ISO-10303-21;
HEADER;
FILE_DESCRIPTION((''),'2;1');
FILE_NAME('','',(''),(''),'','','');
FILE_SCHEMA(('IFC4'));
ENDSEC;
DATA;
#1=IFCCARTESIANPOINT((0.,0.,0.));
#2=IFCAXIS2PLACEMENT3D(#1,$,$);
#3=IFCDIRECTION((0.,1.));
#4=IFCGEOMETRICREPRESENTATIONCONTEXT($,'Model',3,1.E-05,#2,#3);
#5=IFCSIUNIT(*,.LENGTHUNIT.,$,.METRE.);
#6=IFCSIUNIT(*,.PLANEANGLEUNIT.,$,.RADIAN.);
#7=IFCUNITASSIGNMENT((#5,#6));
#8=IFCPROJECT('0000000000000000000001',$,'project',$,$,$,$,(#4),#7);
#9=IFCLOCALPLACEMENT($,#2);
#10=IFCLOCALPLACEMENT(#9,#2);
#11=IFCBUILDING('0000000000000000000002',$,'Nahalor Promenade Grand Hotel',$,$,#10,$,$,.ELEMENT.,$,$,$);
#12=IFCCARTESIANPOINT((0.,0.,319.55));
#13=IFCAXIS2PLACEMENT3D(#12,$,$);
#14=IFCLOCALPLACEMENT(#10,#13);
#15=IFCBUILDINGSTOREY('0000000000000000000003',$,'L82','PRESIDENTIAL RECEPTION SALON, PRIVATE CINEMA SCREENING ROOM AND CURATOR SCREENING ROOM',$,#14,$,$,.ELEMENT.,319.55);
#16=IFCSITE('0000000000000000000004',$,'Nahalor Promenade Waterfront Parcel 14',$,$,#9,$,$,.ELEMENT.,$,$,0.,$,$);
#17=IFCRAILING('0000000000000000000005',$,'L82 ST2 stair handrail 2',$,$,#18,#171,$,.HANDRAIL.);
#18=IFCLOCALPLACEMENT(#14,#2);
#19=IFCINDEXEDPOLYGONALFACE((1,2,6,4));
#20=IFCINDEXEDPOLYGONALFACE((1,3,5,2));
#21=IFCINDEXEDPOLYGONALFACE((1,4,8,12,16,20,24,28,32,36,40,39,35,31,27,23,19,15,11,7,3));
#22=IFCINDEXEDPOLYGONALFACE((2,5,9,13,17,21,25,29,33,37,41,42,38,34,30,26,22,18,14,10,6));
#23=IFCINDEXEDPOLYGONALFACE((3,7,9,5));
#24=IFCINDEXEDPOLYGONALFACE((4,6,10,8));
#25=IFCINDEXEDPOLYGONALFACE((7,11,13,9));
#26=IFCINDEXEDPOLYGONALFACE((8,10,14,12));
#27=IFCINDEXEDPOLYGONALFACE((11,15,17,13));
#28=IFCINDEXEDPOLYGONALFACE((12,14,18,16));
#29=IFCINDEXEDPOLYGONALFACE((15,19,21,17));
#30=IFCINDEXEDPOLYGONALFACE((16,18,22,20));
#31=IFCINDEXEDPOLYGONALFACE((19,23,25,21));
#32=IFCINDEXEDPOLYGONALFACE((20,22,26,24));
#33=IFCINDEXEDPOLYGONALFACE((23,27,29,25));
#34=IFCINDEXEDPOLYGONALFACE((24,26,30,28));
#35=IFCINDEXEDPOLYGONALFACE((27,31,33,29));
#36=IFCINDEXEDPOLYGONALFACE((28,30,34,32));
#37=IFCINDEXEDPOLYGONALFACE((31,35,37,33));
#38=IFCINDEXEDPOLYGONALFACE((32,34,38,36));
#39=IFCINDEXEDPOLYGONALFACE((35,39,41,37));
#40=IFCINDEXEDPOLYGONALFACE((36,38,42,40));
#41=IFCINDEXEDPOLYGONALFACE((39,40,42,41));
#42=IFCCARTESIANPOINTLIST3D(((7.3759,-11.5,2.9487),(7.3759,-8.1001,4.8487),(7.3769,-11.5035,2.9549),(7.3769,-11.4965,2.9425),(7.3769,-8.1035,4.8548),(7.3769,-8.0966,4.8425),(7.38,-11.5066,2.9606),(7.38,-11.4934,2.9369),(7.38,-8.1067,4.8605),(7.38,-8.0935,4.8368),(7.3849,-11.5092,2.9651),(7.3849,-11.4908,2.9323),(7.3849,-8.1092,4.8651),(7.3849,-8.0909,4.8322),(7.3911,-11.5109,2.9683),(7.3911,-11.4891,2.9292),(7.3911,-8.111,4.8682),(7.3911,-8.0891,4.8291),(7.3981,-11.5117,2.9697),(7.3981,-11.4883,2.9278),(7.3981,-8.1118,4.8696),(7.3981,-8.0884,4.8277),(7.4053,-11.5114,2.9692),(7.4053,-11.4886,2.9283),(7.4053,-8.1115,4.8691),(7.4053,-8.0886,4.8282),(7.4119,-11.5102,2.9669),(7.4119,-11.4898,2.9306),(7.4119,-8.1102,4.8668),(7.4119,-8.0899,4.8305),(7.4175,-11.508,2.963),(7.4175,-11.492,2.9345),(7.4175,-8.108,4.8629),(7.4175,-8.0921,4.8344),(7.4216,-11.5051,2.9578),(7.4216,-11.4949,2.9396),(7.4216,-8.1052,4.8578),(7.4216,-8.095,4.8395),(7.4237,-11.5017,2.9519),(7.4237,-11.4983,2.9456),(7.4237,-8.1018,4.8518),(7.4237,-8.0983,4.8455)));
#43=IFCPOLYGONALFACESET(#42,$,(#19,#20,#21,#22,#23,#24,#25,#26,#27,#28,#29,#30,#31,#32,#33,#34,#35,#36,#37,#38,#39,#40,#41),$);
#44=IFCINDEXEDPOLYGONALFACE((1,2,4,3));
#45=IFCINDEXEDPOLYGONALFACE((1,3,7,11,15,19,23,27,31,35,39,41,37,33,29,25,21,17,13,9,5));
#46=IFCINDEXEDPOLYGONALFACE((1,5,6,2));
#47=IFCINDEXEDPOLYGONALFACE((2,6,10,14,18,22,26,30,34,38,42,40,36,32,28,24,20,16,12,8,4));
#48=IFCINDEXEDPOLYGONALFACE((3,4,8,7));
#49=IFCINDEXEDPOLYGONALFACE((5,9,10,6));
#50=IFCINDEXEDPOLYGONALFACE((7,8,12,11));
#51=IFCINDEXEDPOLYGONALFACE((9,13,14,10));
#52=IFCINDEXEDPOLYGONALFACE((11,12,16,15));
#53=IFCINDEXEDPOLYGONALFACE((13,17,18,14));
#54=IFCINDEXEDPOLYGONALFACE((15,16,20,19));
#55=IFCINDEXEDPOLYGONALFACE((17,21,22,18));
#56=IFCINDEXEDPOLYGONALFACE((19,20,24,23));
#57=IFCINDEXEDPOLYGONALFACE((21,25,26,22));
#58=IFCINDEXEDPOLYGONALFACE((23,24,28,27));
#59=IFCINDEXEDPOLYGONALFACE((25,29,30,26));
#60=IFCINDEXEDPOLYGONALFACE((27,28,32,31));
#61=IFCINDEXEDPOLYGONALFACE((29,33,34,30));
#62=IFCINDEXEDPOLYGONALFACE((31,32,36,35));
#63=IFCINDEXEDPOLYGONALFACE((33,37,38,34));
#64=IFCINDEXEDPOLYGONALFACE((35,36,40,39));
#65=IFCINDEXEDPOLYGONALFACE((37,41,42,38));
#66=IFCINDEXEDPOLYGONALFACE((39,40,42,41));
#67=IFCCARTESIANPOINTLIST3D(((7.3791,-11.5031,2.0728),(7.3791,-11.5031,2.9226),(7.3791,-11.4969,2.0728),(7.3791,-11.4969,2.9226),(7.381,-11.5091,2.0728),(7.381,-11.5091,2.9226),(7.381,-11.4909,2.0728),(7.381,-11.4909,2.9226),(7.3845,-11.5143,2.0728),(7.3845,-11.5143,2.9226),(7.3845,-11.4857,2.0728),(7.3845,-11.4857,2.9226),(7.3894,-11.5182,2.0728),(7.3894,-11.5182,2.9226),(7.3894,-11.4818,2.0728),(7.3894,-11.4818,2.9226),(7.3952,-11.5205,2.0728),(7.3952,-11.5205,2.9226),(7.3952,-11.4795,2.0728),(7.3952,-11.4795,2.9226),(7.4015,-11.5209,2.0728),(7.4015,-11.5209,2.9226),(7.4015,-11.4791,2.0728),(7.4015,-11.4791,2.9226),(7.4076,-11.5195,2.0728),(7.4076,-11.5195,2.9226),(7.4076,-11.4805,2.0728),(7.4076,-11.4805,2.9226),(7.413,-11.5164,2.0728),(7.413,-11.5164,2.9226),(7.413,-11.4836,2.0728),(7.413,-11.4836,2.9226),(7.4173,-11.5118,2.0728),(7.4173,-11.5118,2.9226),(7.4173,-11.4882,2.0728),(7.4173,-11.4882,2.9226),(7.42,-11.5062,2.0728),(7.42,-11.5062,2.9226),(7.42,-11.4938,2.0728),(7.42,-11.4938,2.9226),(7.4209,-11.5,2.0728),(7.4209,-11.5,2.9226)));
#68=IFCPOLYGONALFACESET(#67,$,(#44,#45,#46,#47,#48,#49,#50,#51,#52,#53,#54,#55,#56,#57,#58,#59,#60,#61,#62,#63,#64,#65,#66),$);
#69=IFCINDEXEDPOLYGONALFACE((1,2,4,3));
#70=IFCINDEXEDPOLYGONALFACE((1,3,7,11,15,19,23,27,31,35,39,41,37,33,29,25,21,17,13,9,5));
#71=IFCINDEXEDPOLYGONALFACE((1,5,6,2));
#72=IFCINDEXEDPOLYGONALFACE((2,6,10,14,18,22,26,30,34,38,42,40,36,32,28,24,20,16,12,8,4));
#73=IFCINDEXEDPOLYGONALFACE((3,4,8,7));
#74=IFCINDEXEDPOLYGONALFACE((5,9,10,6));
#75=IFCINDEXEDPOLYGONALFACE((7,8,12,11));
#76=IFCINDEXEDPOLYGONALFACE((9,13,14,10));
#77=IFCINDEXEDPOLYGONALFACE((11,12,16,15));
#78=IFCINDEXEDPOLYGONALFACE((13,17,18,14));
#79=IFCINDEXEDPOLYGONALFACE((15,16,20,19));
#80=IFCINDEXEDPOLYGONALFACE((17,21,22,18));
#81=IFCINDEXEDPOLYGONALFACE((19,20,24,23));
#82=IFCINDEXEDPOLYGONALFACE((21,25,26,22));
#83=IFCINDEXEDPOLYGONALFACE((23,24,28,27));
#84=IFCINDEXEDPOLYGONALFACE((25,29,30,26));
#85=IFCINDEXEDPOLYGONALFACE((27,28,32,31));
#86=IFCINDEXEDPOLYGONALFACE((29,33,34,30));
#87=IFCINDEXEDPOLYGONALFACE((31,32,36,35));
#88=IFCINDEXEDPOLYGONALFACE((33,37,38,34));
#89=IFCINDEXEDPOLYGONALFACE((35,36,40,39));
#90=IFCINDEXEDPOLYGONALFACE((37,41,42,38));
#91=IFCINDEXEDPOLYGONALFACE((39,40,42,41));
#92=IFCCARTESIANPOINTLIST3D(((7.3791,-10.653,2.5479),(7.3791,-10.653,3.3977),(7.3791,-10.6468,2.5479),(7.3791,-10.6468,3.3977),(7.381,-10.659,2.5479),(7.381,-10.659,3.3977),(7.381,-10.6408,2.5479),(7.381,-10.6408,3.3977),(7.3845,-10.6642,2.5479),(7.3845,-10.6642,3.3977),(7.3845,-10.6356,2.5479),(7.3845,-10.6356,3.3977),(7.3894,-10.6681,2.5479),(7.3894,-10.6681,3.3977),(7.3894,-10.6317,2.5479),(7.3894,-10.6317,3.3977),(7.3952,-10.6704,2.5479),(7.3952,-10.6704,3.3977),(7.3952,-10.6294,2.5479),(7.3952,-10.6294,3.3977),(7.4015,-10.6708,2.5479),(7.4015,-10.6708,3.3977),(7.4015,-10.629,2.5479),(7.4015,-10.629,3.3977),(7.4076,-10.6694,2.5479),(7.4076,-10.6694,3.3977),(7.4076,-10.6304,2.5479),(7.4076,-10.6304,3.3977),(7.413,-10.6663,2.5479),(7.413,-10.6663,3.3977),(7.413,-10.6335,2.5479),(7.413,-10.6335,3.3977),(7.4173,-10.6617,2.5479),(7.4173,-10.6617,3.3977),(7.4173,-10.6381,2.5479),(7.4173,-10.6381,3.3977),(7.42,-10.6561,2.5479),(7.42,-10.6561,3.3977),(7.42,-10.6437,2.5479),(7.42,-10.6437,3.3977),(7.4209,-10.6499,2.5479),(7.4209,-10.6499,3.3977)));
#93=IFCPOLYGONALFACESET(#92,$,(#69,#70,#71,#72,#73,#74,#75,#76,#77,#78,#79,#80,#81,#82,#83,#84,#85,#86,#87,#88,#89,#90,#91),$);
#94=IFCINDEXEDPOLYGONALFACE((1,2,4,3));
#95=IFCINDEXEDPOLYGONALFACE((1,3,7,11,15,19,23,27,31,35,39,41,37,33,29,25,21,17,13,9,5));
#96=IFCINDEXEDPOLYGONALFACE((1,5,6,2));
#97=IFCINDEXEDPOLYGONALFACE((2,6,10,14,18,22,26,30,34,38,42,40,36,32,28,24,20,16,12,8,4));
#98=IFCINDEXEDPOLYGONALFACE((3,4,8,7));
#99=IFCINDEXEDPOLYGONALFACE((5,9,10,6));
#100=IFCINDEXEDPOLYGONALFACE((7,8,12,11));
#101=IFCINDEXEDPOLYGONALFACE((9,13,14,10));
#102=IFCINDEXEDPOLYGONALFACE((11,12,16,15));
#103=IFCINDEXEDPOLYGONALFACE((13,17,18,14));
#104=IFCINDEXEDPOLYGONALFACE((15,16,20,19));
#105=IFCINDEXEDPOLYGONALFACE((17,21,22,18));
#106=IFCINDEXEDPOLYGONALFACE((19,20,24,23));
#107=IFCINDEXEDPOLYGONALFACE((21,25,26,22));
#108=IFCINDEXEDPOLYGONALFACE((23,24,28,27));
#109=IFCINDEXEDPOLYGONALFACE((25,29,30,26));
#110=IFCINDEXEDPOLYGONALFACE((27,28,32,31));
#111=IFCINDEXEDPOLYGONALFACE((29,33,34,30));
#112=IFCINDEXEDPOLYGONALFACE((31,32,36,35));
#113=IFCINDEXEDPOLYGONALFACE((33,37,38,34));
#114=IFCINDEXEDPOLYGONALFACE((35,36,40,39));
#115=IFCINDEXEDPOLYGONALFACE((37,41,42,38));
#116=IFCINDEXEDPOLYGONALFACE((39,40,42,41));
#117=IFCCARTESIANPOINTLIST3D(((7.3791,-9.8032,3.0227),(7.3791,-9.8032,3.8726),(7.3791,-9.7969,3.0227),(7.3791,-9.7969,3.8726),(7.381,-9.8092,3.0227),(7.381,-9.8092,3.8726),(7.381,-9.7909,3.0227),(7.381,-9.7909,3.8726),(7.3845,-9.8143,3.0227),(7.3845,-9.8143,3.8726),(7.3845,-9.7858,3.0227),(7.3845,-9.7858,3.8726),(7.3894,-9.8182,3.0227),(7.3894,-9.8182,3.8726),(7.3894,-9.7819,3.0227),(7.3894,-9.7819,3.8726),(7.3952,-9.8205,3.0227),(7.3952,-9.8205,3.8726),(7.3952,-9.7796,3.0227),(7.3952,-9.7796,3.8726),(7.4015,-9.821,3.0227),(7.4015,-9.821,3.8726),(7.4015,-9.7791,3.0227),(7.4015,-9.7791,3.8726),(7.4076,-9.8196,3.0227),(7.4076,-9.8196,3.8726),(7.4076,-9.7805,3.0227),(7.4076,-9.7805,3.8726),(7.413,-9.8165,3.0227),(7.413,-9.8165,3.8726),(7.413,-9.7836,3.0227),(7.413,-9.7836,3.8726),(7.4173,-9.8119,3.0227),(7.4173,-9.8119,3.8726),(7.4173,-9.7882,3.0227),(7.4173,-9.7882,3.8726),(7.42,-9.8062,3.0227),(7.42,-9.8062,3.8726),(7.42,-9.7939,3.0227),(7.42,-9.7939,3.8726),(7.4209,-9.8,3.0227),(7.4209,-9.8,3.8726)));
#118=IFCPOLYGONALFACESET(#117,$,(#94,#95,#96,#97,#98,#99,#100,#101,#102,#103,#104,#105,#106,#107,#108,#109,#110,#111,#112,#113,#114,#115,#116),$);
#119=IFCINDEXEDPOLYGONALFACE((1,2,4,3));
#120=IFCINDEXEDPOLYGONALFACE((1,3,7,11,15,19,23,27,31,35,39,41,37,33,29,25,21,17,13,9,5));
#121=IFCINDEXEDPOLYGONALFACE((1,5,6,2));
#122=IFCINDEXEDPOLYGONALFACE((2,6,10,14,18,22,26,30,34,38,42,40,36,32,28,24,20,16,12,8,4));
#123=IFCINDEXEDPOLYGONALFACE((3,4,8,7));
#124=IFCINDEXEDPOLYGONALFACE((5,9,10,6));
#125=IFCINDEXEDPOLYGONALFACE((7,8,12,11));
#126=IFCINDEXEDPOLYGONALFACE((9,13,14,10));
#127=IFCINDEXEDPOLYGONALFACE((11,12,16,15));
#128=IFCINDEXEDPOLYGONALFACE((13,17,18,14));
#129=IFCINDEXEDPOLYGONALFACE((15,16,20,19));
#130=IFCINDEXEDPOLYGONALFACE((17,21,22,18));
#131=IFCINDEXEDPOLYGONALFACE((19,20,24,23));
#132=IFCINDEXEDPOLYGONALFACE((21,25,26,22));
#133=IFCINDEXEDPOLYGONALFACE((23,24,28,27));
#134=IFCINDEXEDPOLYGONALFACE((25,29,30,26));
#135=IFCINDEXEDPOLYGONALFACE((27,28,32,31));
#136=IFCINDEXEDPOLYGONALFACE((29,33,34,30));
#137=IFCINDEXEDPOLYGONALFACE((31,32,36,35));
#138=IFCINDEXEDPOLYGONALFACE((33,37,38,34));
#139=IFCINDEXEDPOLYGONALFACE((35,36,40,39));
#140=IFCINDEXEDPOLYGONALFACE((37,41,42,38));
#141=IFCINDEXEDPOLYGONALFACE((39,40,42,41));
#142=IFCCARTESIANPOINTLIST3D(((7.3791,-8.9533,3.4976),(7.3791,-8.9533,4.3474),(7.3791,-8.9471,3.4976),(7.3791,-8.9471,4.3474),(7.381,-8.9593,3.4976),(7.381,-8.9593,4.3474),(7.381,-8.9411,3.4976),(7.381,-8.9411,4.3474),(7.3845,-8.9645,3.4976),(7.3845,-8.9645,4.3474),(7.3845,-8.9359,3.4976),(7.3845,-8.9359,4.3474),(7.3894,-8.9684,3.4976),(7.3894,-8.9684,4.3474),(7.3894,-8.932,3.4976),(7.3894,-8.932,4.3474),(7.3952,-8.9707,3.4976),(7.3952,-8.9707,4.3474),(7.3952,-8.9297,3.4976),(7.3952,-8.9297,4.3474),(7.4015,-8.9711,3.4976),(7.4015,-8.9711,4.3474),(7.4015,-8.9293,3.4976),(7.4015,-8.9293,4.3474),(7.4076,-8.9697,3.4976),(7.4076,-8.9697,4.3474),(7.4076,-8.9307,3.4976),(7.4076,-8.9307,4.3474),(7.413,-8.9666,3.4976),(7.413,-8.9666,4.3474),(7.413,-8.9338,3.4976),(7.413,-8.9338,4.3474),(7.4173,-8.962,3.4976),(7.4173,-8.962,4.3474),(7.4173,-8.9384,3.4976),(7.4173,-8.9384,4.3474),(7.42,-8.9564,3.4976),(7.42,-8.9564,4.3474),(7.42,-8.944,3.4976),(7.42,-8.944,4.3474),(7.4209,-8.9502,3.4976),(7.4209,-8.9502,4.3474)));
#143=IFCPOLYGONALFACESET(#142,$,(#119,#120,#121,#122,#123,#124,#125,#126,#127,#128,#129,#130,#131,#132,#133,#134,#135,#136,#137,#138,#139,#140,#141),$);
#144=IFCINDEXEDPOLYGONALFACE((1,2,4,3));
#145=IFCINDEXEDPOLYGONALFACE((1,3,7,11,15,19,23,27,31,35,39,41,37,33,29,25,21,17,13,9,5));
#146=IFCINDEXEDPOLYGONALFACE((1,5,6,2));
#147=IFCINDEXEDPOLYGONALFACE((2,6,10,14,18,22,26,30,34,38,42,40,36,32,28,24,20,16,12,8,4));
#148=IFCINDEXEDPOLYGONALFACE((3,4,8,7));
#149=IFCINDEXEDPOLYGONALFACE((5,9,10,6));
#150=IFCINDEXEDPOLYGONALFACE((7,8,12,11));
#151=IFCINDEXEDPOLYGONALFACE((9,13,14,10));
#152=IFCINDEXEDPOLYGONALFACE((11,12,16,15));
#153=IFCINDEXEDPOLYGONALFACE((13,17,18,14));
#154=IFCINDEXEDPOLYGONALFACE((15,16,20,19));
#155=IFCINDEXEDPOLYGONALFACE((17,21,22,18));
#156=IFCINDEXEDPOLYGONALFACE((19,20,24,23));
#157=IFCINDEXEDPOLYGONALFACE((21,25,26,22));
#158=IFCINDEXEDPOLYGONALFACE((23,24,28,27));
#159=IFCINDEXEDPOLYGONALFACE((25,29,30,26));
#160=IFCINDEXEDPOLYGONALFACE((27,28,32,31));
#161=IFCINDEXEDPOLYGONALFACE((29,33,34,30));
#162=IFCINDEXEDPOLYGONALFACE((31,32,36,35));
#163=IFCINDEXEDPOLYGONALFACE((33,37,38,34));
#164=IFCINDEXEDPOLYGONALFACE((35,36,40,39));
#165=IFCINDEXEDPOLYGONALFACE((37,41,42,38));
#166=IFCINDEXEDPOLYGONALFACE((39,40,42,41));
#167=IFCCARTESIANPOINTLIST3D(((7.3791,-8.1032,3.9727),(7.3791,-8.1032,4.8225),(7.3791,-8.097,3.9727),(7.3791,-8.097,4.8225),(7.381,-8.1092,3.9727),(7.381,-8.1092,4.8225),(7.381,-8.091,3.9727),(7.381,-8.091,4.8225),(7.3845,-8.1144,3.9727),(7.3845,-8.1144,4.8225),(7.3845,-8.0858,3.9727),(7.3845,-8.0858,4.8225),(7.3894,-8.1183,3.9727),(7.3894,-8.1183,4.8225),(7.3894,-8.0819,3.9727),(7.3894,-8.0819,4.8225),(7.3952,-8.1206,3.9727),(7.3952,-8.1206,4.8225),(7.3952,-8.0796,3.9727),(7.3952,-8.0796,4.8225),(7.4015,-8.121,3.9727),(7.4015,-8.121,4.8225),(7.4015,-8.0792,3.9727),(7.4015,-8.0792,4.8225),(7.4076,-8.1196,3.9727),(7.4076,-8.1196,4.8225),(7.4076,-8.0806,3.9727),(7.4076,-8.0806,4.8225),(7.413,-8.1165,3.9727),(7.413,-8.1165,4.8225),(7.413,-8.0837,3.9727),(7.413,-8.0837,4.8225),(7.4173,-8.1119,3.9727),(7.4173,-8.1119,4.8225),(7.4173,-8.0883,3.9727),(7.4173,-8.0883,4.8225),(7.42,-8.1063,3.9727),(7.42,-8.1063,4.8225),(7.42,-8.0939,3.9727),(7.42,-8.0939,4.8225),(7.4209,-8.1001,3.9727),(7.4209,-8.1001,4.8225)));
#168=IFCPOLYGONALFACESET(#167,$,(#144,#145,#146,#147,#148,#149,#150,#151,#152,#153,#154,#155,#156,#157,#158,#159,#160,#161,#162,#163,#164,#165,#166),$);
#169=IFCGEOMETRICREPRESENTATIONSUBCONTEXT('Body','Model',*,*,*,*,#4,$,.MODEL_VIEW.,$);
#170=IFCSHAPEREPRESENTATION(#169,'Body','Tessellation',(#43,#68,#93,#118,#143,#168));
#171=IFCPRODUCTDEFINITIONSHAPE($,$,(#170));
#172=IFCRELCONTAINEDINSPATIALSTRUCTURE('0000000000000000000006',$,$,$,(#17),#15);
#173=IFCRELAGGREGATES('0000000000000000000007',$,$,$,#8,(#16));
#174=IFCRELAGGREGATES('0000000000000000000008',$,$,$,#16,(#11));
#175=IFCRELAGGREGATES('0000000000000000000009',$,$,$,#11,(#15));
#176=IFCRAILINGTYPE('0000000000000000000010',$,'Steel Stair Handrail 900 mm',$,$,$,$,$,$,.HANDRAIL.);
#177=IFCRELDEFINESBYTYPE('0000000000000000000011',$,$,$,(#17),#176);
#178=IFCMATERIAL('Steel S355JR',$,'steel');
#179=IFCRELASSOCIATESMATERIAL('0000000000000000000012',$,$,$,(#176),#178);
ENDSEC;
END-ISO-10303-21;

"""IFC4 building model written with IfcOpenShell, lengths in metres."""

from ifc_helpers import new_model, si_unit, direction, frame, origin, origin_2d, place, context, subcontext, project, spatial, circle, extrude, material, type_object, element, save


model = new_model("IFC4")

# Units and contexts
model_context = context("Model", 3, precision=1e-05, world=origin(), true_north=direction((0.0, 1.0)))
body_context = subcontext(model_context, "Body", "Model", "MODEL_VIEW")
ifc_project = project(units=[si_unit("LENGTHUNIT", "METRE"), si_unit("PLANEANGLEUNIT", "RADIAN")], contexts=[model_context])

# Site, building, storey
site_placement = place(None, origin())
site = spatial("IfcSite", under=ifc_project, at=site_placement, Name="Nahalor Promenade Waterfront Parcel 14", CompositionType="ELEMENT", RefElevation=0.0)
building_placement = place(site_placement, origin())
building = spatial("IfcBuilding", under=site, at=building_placement, Name="Nahalor Promenade Grand Hotel", CompositionType="ELEMENT")
storey_placement = place(building_placement, frame((0.0, 0.0, 319.55)))
storey = spatial("IfcBuildingStorey", under=building, at=storey_placement, Name="L82", Description="PRESIDENTIAL RECEPTION SALON, PRIVATE CINEMA SCREENING ROOM AND CURATOR SCREENING ROOM", CompositionType="ELEMENT", Elevation=319.55)

# Shared definitions
ifc_material_1 = material(Name="Steel S355JR", Category="steel")

# Railing
railing_type_1 = type_object("IfcRailingType", Name="Steel Stair Handrail 900 mm", PredefinedType="HANDRAIL", material=ifc_material_1)
railing_1_placement = place(storey_placement, frame((7.3999, -11.5, 2.0728)))
element("IfcRailing", 1, at=railing_1_placement, inside=storey, type_object=railing_type_1, Name="L82 ST2 stair handrail 2", PredefinedType="HANDRAIL", context=body_context, shape_type="SweptSolid", body=[
    extrude(circle(Radius=0.024, at=origin_2d()), frame((0.0, 0.0, 0.876), z_axis=(0.0, 0.872948, 0.487813), x_axis=(-1.0, 0.0, 0.0)), (0.0, 0.0, 1.0), 3.8948),
    extrude(circle(Radius=0.021, at=origin_2d()), origin(), (0.0, 0.0, 1.0), 0.8499),
    extrude(circle(Radius=0.021, at=origin_2d()), frame((0.0, 0.8501, 0.4751)), (0.0, 0.0, 1.0), 0.8499),
    extrude(circle(Radius=0.021, at=origin_2d()), frame((0.0, 1.7, 0.95)), (0.0, 0.0, 1.0), 0.8499),
    extrude(circle(Radius=0.021, at=origin_2d()), frame((0.0, 2.5498, 1.4248)), (0.0, 0.0, 1.0), 0.8499),
    extrude(circle(Radius=0.021, at=origin_2d()), frame((0.0, 3.3999, 1.8999)), (0.0, 0.0, 1.0), 0.8499),
])

save(model, "model.ifc")
